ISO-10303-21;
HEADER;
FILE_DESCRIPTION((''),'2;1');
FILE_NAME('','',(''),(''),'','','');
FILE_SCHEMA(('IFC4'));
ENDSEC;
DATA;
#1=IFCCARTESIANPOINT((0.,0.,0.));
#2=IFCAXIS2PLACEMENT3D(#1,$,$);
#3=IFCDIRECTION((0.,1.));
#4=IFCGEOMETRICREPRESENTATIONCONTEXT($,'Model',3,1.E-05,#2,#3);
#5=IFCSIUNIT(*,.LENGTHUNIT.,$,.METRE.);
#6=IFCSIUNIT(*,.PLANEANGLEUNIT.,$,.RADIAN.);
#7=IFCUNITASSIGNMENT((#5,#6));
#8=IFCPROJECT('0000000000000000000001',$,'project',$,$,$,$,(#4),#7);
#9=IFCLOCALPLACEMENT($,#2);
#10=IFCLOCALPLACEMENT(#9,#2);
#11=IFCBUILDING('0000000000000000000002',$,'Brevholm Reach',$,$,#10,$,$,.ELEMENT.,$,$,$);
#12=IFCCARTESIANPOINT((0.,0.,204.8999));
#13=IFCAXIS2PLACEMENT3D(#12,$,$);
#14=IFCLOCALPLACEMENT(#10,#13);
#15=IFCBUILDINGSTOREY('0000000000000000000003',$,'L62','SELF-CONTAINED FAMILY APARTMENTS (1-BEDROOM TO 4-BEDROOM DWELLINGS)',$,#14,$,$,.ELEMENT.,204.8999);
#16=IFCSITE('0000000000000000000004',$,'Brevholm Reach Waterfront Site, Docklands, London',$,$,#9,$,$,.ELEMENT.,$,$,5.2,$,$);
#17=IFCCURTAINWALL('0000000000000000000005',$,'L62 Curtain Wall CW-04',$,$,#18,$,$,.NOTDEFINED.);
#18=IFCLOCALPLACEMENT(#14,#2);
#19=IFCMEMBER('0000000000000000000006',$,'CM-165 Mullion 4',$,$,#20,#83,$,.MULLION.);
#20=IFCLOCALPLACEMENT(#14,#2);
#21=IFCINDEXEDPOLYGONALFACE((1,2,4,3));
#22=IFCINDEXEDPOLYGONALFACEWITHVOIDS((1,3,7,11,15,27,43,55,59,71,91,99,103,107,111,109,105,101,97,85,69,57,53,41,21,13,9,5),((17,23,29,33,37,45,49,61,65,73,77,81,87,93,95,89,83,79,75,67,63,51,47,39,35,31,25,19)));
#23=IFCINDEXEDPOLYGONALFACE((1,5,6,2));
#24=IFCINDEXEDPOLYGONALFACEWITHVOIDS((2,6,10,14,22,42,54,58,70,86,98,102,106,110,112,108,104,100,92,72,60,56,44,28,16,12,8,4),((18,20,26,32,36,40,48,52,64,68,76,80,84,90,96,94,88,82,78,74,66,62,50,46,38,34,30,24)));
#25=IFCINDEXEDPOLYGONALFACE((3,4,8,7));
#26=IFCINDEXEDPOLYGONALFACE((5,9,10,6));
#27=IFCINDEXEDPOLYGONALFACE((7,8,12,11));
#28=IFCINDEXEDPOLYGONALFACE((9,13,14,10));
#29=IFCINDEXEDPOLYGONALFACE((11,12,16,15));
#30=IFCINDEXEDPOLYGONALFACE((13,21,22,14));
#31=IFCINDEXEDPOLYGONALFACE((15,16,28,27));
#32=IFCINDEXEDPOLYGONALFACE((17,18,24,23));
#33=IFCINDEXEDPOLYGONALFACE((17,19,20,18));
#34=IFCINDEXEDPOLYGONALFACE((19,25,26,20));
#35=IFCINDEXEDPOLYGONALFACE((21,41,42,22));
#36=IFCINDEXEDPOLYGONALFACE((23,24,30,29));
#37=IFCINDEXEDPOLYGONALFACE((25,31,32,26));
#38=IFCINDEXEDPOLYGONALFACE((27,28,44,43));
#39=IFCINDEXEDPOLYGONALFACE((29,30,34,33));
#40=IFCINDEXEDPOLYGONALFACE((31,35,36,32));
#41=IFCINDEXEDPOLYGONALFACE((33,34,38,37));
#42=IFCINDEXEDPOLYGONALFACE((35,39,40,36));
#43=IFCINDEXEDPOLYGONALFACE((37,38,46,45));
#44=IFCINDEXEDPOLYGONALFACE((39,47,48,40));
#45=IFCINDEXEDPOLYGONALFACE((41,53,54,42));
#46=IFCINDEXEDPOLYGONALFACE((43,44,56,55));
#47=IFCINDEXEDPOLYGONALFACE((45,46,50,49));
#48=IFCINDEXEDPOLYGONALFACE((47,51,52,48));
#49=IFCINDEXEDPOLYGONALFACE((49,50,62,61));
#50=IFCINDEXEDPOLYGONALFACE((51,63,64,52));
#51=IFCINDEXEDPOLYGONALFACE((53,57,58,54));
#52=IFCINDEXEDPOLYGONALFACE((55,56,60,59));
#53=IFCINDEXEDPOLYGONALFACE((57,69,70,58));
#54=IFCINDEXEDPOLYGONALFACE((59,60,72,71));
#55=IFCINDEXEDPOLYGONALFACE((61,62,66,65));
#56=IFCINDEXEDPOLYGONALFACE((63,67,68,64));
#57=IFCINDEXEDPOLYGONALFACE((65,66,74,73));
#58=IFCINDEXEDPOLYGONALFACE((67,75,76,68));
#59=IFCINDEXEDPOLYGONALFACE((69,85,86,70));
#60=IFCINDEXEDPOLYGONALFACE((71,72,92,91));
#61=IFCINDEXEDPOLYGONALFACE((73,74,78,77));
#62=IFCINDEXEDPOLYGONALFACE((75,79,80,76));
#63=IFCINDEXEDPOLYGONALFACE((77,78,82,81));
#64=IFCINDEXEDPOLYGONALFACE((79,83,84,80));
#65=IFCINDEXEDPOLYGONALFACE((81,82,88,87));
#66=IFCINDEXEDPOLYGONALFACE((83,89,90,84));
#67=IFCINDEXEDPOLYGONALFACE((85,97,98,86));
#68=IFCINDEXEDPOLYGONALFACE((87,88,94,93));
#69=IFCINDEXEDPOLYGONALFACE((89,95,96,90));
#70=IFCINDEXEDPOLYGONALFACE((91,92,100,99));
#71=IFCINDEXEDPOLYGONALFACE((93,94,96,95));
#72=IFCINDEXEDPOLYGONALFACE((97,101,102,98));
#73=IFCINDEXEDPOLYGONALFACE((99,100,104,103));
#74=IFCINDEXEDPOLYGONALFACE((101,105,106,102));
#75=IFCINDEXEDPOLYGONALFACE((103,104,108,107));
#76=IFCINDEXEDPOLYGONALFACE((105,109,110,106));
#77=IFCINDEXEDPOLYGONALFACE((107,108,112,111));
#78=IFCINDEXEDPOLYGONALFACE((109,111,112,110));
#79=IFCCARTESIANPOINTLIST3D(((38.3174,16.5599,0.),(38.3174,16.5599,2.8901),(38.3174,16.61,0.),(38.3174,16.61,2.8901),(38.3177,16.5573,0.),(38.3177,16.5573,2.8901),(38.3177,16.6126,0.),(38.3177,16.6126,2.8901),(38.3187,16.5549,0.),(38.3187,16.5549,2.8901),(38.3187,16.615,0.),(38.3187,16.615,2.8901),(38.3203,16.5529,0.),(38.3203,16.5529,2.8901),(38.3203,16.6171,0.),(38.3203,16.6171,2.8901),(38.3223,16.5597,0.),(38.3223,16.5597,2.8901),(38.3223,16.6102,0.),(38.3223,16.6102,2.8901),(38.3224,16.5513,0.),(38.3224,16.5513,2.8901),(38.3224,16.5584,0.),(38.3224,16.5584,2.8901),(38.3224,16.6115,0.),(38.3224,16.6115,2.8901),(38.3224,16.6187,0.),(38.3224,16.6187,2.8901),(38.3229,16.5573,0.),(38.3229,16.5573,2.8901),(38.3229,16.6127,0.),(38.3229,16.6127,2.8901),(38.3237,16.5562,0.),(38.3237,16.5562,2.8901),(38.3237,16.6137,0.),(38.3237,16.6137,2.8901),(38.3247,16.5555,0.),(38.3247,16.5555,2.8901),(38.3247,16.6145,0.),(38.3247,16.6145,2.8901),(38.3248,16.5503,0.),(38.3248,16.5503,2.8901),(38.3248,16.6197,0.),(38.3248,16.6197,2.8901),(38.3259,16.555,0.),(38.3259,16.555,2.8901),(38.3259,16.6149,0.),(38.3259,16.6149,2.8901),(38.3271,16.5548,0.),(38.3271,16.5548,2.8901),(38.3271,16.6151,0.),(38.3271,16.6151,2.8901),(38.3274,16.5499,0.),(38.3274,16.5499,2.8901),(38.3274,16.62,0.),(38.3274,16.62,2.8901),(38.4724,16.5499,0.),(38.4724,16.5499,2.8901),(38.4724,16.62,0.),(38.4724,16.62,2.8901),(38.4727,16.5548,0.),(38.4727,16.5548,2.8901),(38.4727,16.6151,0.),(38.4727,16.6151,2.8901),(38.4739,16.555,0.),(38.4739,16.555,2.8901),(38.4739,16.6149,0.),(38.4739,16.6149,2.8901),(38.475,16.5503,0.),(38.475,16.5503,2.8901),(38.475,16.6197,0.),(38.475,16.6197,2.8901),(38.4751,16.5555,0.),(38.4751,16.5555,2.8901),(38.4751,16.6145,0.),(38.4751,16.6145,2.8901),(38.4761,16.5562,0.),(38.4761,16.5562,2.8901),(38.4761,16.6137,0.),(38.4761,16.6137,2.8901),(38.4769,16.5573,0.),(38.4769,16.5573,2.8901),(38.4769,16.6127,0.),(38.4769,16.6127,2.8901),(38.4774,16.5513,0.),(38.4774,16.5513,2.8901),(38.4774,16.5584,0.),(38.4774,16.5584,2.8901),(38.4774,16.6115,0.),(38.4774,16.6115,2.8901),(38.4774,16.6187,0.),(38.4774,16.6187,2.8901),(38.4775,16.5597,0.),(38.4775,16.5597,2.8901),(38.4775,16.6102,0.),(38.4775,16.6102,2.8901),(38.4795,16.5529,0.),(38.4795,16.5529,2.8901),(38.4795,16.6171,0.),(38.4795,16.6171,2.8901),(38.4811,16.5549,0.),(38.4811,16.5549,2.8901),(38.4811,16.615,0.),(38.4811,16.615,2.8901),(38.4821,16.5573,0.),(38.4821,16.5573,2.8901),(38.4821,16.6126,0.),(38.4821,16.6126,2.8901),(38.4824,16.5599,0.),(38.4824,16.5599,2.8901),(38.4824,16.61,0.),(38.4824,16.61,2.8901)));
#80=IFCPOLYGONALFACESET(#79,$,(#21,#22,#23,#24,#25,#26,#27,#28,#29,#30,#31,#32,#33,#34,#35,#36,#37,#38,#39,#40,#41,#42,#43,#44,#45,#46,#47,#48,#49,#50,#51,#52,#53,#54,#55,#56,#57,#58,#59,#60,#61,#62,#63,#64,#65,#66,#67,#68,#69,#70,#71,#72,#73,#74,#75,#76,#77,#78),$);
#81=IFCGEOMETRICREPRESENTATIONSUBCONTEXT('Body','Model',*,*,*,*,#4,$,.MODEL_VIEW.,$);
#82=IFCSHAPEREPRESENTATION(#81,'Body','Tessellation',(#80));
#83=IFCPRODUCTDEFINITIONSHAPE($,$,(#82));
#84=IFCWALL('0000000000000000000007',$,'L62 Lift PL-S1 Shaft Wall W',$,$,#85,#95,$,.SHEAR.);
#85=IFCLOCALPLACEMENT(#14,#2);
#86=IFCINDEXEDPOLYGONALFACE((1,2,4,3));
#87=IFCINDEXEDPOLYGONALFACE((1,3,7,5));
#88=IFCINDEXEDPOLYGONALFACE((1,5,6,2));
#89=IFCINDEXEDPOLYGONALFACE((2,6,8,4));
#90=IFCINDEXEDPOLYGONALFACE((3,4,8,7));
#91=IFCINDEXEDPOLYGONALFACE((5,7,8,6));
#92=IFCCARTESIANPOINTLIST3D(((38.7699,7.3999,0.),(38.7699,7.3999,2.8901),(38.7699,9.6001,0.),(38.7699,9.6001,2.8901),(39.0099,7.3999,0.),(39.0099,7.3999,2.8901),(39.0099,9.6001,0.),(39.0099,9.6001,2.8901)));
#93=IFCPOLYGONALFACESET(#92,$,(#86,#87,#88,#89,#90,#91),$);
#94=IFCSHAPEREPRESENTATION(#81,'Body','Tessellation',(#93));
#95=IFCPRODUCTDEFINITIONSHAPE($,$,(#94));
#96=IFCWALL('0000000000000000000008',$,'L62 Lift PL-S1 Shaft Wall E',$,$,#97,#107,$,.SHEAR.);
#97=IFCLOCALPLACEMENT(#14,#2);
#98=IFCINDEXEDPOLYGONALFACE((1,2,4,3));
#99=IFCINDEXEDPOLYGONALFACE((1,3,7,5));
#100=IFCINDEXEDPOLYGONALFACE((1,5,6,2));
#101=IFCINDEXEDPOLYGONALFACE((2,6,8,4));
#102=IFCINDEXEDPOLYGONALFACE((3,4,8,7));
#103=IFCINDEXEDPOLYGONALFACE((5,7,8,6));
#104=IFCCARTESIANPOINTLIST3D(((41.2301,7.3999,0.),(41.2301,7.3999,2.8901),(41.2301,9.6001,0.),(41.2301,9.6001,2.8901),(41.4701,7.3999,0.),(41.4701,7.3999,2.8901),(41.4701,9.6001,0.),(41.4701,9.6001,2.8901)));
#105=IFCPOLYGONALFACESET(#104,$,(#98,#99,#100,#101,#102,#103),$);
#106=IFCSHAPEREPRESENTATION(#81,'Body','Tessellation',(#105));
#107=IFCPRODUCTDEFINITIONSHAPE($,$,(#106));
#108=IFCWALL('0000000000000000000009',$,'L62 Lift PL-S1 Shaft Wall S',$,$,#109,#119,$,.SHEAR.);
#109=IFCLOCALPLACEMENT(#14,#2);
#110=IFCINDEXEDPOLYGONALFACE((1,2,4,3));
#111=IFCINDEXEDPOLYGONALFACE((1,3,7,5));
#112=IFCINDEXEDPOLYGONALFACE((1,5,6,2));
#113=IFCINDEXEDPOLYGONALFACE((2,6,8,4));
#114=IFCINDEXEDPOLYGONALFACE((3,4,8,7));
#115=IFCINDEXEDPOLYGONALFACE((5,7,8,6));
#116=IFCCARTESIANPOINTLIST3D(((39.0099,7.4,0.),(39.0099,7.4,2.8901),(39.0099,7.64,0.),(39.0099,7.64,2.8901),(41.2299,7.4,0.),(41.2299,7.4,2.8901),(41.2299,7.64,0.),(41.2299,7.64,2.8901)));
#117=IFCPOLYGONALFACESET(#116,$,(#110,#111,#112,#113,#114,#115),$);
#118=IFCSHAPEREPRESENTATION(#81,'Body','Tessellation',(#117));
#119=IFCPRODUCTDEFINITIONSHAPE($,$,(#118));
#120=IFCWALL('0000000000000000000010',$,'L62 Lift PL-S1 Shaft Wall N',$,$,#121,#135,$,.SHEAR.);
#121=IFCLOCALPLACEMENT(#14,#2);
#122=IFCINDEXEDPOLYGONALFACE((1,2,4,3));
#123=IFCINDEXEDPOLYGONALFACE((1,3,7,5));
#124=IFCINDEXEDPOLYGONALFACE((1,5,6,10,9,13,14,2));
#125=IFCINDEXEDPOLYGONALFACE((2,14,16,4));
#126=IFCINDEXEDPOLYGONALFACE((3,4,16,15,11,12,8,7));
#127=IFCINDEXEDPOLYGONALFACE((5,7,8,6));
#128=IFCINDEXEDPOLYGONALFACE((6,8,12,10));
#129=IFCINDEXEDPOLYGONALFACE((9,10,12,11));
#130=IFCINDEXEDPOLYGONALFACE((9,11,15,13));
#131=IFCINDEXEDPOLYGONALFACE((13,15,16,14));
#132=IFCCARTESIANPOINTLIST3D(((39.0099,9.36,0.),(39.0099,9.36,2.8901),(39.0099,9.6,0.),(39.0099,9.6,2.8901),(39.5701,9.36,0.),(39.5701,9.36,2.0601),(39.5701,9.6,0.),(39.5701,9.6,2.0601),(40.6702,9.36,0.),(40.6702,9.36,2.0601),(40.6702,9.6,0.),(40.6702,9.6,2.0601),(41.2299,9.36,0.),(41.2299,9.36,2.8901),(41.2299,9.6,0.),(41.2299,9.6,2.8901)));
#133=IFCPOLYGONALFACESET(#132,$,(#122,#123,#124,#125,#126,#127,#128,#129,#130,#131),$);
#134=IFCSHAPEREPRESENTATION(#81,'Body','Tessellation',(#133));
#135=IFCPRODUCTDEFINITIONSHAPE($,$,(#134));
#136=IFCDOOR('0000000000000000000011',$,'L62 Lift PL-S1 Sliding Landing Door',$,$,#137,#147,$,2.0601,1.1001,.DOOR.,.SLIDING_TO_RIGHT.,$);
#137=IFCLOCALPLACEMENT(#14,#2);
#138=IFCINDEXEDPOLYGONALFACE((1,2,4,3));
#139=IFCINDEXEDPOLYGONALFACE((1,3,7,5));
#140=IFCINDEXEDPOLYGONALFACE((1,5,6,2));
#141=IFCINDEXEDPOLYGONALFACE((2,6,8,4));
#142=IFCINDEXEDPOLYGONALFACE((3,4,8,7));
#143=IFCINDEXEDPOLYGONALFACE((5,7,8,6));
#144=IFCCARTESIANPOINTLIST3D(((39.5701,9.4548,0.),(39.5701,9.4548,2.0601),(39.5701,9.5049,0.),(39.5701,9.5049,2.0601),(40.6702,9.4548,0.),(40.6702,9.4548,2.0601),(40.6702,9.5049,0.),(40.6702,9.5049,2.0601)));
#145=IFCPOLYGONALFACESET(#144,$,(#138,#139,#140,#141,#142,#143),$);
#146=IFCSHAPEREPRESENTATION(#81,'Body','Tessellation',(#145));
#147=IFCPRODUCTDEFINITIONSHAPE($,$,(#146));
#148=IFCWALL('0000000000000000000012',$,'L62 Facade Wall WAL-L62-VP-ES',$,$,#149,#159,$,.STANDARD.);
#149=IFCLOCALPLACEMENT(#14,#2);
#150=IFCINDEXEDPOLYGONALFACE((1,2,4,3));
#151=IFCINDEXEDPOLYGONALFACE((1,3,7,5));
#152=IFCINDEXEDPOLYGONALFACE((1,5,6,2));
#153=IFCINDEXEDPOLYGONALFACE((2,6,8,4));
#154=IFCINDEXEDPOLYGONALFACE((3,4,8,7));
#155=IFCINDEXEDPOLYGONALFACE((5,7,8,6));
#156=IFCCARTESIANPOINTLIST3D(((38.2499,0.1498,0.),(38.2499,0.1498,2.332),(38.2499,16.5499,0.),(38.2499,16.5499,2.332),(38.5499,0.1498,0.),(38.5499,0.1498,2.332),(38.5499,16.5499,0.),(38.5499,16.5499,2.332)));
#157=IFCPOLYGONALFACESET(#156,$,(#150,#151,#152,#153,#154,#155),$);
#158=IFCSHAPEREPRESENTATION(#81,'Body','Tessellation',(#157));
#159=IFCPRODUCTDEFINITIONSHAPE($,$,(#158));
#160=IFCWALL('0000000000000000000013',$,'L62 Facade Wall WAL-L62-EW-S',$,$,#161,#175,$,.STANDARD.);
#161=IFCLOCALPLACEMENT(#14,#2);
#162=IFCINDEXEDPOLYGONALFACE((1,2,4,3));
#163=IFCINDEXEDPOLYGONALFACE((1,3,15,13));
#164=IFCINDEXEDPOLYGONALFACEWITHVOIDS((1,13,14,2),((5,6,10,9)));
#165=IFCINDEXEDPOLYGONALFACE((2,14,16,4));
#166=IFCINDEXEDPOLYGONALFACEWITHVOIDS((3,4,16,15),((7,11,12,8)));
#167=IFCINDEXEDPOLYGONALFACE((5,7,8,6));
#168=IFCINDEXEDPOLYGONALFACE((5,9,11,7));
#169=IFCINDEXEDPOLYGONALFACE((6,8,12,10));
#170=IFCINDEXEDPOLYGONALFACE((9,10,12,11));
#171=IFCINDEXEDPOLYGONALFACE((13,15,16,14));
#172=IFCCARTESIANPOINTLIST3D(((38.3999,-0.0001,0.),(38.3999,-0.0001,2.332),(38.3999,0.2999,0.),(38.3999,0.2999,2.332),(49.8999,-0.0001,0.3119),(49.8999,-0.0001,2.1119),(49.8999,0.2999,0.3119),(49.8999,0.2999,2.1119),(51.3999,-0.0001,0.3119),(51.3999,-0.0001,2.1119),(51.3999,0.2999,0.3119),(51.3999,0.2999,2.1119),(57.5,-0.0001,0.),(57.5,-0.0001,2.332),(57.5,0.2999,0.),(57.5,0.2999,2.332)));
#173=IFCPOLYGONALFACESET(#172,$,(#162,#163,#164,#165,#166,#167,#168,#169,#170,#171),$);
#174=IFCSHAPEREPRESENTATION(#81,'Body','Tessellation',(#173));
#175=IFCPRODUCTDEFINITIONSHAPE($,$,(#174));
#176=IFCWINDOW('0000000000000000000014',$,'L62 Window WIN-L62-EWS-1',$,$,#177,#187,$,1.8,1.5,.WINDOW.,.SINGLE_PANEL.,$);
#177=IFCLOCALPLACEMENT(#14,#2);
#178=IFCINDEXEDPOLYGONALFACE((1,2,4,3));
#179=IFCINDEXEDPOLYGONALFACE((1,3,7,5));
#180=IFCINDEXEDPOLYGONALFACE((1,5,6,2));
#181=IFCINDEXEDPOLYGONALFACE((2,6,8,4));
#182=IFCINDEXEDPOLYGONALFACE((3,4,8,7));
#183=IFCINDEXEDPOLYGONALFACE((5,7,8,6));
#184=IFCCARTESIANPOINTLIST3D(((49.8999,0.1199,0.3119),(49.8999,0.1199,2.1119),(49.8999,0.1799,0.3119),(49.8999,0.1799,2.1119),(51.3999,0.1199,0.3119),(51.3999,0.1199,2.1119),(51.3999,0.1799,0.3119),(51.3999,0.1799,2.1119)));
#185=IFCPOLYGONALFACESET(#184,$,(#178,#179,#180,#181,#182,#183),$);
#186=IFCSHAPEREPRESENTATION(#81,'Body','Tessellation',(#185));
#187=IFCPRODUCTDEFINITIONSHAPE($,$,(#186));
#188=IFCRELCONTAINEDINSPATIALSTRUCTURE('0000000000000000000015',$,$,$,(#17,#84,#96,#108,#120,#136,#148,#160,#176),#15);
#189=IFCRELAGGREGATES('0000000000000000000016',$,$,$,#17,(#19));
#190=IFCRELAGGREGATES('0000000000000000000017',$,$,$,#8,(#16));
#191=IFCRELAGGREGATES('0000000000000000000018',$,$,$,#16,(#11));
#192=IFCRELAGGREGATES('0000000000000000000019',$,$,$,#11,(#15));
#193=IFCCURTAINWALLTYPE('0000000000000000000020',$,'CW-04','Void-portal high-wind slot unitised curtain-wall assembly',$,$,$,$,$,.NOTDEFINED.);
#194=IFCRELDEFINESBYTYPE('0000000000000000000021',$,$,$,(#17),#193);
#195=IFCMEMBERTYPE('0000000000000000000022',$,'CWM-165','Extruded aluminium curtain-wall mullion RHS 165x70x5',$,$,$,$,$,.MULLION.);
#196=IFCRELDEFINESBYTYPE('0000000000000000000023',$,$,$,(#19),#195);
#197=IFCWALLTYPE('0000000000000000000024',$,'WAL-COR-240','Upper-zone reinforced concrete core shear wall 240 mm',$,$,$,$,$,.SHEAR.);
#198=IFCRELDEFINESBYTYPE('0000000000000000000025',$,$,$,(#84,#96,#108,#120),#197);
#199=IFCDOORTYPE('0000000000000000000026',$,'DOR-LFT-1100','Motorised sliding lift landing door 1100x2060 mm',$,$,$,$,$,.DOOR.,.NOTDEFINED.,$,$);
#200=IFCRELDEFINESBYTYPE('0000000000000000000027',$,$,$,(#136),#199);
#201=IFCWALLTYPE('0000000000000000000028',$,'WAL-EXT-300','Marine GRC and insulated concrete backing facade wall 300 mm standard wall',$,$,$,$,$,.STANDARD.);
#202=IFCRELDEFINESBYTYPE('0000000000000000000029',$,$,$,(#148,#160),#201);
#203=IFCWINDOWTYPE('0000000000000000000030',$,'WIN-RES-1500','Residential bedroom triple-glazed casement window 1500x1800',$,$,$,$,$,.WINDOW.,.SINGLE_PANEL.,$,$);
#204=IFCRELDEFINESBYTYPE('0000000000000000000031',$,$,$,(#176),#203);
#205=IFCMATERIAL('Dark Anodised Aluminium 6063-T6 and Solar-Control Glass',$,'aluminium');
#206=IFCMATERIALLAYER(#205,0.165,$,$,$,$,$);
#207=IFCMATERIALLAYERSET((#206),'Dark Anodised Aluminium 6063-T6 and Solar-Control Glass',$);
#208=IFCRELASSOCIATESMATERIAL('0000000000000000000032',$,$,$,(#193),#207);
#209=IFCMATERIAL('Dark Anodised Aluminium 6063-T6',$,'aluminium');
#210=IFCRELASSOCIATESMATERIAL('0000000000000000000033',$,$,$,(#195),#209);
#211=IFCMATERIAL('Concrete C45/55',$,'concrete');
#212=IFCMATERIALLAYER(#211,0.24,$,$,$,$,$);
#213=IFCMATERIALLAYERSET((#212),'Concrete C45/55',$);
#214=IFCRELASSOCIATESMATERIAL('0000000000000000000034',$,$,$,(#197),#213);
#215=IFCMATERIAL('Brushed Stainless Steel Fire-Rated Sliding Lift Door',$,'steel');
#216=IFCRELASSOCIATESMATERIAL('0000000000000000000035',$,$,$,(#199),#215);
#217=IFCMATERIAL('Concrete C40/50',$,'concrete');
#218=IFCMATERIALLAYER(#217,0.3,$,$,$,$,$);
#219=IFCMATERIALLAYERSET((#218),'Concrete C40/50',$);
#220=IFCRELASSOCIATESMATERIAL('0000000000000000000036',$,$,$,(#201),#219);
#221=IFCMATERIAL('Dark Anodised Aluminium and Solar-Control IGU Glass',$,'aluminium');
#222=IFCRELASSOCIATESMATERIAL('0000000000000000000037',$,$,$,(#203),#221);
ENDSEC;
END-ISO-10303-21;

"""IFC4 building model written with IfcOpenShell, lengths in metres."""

from ifc_helpers import new_model, si_unit, direction, frame, frame_2d, origin, origin_2d, place, context, subcontext, project, spatial, rectangle, hollow_rectangle, extrude, material, layer, layer_set, material_profile, profile_set, type_object, element, fill, aggregate, save


model = new_model("IFC4")

# Units and contexts
model_context = context("Model", 3, precision=1e-05, world=origin(), true_north=direction((0.0, 1.0)))
body_context = subcontext(model_context, "Body", "Model", "MODEL_VIEW")
ifc_project = project(units=[si_unit("LENGTHUNIT", "METRE"), si_unit("PLANEANGLEUNIT", "RADIAN")], contexts=[model_context])

# Site, building, storey
site_placement = place(None, origin())
site = spatial("IfcSite", under=ifc_project, at=site_placement, Name="Brevholm Reach Waterfront Site, Docklands, London", CompositionType="ELEMENT", RefElevation=5.2)
building_placement = place(site_placement, origin())
building = spatial("IfcBuilding", under=site, at=building_placement, Name="Brevholm Reach", CompositionType="ELEMENT")
storey_placement = place(building_placement, frame((0.0, 0.0, 204.8999)))
storey = spatial("IfcBuildingStorey", under=building, at=storey_placement, Name="L62", Description="SELF-CONTAINED FAMILY APARTMENTS (1-BEDROOM TO 4-BEDROOM DWELLINGS)", CompositionType="ELEMENT", Elevation=204.8999)

# Curtain wall, member
ifc_material_1 = material(Name="Dark Anodised Aluminium 6063-T6 and Solar-Control Glass", Category="aluminium")
ifc_layer_1 = layer(ifc_material_1, 0.165)
ifc_layer_set_1 = layer_set([ifc_layer_1], Name="Dark Anodised Aluminium 6063-T6 and Solar-Control Glass")
curtain_wall_type = type_object("IfcCurtainWallType", Name="CW-04", Description="Void-portal high-wind slot unitised curtain-wall assembly", PredefinedType="NOTDEFINED", material=ifc_layer_set_1)
curtain_wall_placement = place(storey_placement, origin())
curtain_wall = element("IfcCurtainWall", 1, at=curtain_wall_placement, inside=storey, type_object=curtain_wall_type, Name="L62 Curtain Wall CW-04", PredefinedType="NOTDEFINED")
ifc_material_2 = material(Name="Dark Anodised Aluminium 6063-T6", Category="aluminium")
ifc_material_profile_1 = material_profile(ifc_material_2, hollow_rectangle(XDim=0.0701, YDim=0.165, WallThickness=0.0049, InnerFilletRadius=0.0049, OuterFilletRadius=0.01, at=origin_2d()), Name="RHS 165x70x5")
ifc_profile_set_1 = profile_set([ifc_material_profile_1], Name="Dark Anodised Aluminium 6063-T6")
member_type = type_object("IfcMemberType", Name="CWM-165", Description="Extruded aluminium curtain-wall mullion RHS 165x70x5", PredefinedType="MULLION", material=ifc_profile_set_1)
member_placement = place(storey_placement, frame((38.3999, 16.585, 0.0), z_axis=(0.0, 0.0, 1.0), x_axis=(0.0, -1.0, 0.0)))
member = element("IfcMember", 2, at=member_placement, type_object=member_type, Name="CM-165 Mullion 4", PredefinedType="MULLION", context=body_context, shape_type="SweptSolid", body=[
    extrude(hollow_rectangle(XDim=0.0701, YDim=0.165, WallThickness=0.0049, InnerFilletRadius=0.0049, OuterFilletRadius=0.01, at=origin_2d()), origin(), (0.0, 0.0, 1.0), 2.8901),
])
aggregate(curtain_wall, [member])

# Walls
ifc_material_3 = material(Name="Concrete C45/55", Category="concrete")
ifc_layer_2 = layer(ifc_material_3, 0.24)
ifc_layer_set_2 = layer_set([ifc_layer_2], Name="Concrete C45/55")
wall_type_1 = type_object("IfcWallType", Name="WAL-COR-240", Description="Upper-zone reinforced concrete core shear wall 240 mm", PredefinedType="SHEAR", material=ifc_layer_set_2)
for number, where, z_axis, x_axis, name in (
    (3, (38.8899, 7.3999, 0.0), (0.0, 0.0, 1.0), (0.0, 1.0, 0.0), "L62 Lift PL-S1 Shaft Wall W"),
    (4, (41.3501, 7.3999, 0.0), (0.0, 0.0, 1.0), (0.0, 1.0, 0.0), "L62 Lift PL-S1 Shaft Wall E"),
):
    element("IfcWall", number, at=place(storey_placement, frame(where, z_axis=z_axis, x_axis=x_axis)), inside=storey, type_object=wall_type_1, Name=name, PredefinedType="SHEAR", context=body_context, shape_type="SweptSolid", body=[
        extrude(rectangle(XDim=2.2002, YDim=0.24, at=frame_2d((1.1001, 0.0))), origin(), (0.0, 0.0, 1.0), 2.8901),
    ])
wall_1_placement = place(storey_placement, frame((39.01, 7.52, 0.0), z_axis=(0.0, 0.0, 1.0), x_axis=(1.0, 0.0, 0.0)))
element("IfcWall", 5, at=wall_1_placement, inside=storey, type_object=wall_type_1, Name="L62 Lift PL-S1 Shaft Wall S", PredefinedType="SHEAR", context=body_context, shape_type="SweptSolid", body=[
    extrude(rectangle(XDim=2.22, YDim=0.24, at=frame_2d((1.1099, 0.0))), origin(), (0.0, 0.0, 1.0), 2.8901),
])

# Wall, opening, door
wall_2_placement = place(storey_placement, frame((39.01, 9.48, 0.0), z_axis=(0.0, 0.0, 1.0), x_axis=(1.0, 0.0, 0.0)))
wall_2 = element("IfcWall", 6, at=wall_2_placement, inside=storey, type_object=wall_type_1, Name="L62 Lift PL-S1 Shaft Wall N", PredefinedType="SHEAR", context=body_context, shape_type="SweptSolid", body=[
    extrude(rectangle(XDim=2.22, YDim=0.24, at=frame_2d((1.1099, 0.0))), origin(), (0.0, 0.0, 1.0), 2.8901),
])
opening_1_placement = place(wall_2_placement, frame((0.5601, 0.0, 0.0)))
opening_1 = element("IfcOpeningElement", 7, at=opening_1_placement, cuts=wall_2, PredefinedType="OPENING", context=body_context, shape_type="SweptSolid", body=[
    extrude(rectangle(XDim=1.1001, YDim=2.0601, at=frame_2d((0.55, 1.03))), frame((0.0, 0.1299, 0.0), z_axis=(0.0, -1.0, 0.0), x_axis=(1.0, 0.0, 0.0)), (0.0, 0.0, 1.0), 0.26),
])
ifc_material_4 = material(Name="Brushed Stainless Steel Fire-Rated Sliding Lift Door", Category="steel")
door_type_1 = type_object("IfcDoorType", Name="DOR-LFT-1100", Description="Motorised sliding lift landing door 1100x2060 mm", OperationType="NOTDEFINED", PredefinedType="DOOR", material=ifc_material_4)
door_1_placement = place(opening_1_placement, origin())
door_1 = element("IfcDoor", 8, at=door_1_placement, inside=storey, type_object=door_type_1, Name="L62 Lift PL-S1 Sliding Landing Door", OperationType="SLIDING_TO_RIGHT", OverallHeight=2.0601, OverallWidth=1.1001, PredefinedType="DOOR", context=body_context, shape_type="SweptSolid", body=[
    extrude(rectangle(XDim=1.1001, YDim=2.0601, at=frame_2d((0.55, 1.03))), frame((0.0, 0.0249, 0.0), z_axis=(0.0, -1.0, 0.0), x_axis=(1.0, 0.0, 0.0)), (0.0, 0.0, 1.0), 0.05),
])
fill(opening_1, door_1)

# Wall
ifc_material_5 = material(Name="Concrete C40/50", Category="concrete")
ifc_layer_3 = layer(ifc_material_5, 0.3)
ifc_layer_set_3 = layer_set([ifc_layer_3], Name="Concrete C40/50")
wall_type_2 = type_object("IfcWallType", Name="WAL-EXT-300", Description="Marine GRC and insulated concrete backing facade wall 300 mm standard wall", PredefinedType="STANDARD", material=ifc_layer_set_3)
wall_3_placement = place(storey_placement, frame((38.3999, 16.55, 0.0), z_axis=(0.0, 0.0, 1.0), x_axis=(0.0, -1.0, 0.0)))
element("IfcWall", 9, at=wall_3_placement, inside=storey, type_object=wall_type_2, Name="L62 Facade Wall WAL-L62-VP-ES", PredefinedType="STANDARD", context=body_context, shape_type="SweptSolid", body=[
    extrude(rectangle(XDim=16.4001, YDim=0.3, at=frame_2d((8.2002, 0.0))), origin(), (0.0, 0.0, 1.0), 2.332),
])

# Wall, opening, window
wall_4_placement = place(storey_placement, frame((38.3999, 0.1499, 0.0), z_axis=(0.0, 0.0, 1.0), x_axis=(1.0, 0.0, 0.0)))
wall_4 = element("IfcWall", 10, at=wall_4_placement, inside=storey, type_object=wall_type_2, Name="L62 Facade Wall WAL-L62-EW-S", PredefinedType="STANDARD", context=body_context, shape_type="SweptSolid", body=[
    extrude(rectangle(XDim=19.1001, YDim=0.3, at=frame_2d((9.55, 0.0))), origin(), (0.0, 0.0, 1.0), 2.332),
])
opening_2_placement = place(wall_4_placement, frame((11.5, 0.0, 0.312)))
opening_2 = element("IfcOpeningElement", 11, at=opening_2_placement, cuts=wall_4, PredefinedType="OPENING", context=body_context, shape_type="SweptSolid", body=[
    extrude(rectangle(XDim=1.5, YDim=1.8, at=frame_2d((0.75, 0.8999))), frame((0.0, 0.1599, 0.0), z_axis=(0.0, -1.0, 0.0), x_axis=(1.0, 0.0, 0.0)), (0.0, 0.0, 1.0), 0.3201),
])
ifc_material_6 = material(Name="Dark Anodised Aluminium and Solar-Control IGU Glass", Category="aluminium")
window_type = type_object("IfcWindowType", Name="WIN-RES-1500", Description="Residential bedroom triple-glazed casement window 1500x1800", PartitioningType="SINGLE_PANEL", PredefinedType="WINDOW", material=ifc_material_6)
window_placement = place(opening_2_placement, origin())
window = element("IfcWindow", 12, at=window_placement, inside=storey, type_object=window_type, Name="L62 Window WIN-L62-EWS-1", OverallHeight=1.8, OverallWidth=1.5, PartitioningType="SINGLE_PANEL", PredefinedType="WINDOW", context=body_context, shape_type="SweptSolid", body=[
    extrude(rectangle(XDim=1.5, YDim=1.8, at=frame_2d((0.75, 0.8999))), frame((0.0, 0.03, 0.0), z_axis=(0.0, -1.0, 0.0), x_axis=(1.0, 0.0, 0.0)), (0.0, 0.0, 1.0), 0.0601),
])
fill(opening_2, window)

save(model, "model.ifc")
